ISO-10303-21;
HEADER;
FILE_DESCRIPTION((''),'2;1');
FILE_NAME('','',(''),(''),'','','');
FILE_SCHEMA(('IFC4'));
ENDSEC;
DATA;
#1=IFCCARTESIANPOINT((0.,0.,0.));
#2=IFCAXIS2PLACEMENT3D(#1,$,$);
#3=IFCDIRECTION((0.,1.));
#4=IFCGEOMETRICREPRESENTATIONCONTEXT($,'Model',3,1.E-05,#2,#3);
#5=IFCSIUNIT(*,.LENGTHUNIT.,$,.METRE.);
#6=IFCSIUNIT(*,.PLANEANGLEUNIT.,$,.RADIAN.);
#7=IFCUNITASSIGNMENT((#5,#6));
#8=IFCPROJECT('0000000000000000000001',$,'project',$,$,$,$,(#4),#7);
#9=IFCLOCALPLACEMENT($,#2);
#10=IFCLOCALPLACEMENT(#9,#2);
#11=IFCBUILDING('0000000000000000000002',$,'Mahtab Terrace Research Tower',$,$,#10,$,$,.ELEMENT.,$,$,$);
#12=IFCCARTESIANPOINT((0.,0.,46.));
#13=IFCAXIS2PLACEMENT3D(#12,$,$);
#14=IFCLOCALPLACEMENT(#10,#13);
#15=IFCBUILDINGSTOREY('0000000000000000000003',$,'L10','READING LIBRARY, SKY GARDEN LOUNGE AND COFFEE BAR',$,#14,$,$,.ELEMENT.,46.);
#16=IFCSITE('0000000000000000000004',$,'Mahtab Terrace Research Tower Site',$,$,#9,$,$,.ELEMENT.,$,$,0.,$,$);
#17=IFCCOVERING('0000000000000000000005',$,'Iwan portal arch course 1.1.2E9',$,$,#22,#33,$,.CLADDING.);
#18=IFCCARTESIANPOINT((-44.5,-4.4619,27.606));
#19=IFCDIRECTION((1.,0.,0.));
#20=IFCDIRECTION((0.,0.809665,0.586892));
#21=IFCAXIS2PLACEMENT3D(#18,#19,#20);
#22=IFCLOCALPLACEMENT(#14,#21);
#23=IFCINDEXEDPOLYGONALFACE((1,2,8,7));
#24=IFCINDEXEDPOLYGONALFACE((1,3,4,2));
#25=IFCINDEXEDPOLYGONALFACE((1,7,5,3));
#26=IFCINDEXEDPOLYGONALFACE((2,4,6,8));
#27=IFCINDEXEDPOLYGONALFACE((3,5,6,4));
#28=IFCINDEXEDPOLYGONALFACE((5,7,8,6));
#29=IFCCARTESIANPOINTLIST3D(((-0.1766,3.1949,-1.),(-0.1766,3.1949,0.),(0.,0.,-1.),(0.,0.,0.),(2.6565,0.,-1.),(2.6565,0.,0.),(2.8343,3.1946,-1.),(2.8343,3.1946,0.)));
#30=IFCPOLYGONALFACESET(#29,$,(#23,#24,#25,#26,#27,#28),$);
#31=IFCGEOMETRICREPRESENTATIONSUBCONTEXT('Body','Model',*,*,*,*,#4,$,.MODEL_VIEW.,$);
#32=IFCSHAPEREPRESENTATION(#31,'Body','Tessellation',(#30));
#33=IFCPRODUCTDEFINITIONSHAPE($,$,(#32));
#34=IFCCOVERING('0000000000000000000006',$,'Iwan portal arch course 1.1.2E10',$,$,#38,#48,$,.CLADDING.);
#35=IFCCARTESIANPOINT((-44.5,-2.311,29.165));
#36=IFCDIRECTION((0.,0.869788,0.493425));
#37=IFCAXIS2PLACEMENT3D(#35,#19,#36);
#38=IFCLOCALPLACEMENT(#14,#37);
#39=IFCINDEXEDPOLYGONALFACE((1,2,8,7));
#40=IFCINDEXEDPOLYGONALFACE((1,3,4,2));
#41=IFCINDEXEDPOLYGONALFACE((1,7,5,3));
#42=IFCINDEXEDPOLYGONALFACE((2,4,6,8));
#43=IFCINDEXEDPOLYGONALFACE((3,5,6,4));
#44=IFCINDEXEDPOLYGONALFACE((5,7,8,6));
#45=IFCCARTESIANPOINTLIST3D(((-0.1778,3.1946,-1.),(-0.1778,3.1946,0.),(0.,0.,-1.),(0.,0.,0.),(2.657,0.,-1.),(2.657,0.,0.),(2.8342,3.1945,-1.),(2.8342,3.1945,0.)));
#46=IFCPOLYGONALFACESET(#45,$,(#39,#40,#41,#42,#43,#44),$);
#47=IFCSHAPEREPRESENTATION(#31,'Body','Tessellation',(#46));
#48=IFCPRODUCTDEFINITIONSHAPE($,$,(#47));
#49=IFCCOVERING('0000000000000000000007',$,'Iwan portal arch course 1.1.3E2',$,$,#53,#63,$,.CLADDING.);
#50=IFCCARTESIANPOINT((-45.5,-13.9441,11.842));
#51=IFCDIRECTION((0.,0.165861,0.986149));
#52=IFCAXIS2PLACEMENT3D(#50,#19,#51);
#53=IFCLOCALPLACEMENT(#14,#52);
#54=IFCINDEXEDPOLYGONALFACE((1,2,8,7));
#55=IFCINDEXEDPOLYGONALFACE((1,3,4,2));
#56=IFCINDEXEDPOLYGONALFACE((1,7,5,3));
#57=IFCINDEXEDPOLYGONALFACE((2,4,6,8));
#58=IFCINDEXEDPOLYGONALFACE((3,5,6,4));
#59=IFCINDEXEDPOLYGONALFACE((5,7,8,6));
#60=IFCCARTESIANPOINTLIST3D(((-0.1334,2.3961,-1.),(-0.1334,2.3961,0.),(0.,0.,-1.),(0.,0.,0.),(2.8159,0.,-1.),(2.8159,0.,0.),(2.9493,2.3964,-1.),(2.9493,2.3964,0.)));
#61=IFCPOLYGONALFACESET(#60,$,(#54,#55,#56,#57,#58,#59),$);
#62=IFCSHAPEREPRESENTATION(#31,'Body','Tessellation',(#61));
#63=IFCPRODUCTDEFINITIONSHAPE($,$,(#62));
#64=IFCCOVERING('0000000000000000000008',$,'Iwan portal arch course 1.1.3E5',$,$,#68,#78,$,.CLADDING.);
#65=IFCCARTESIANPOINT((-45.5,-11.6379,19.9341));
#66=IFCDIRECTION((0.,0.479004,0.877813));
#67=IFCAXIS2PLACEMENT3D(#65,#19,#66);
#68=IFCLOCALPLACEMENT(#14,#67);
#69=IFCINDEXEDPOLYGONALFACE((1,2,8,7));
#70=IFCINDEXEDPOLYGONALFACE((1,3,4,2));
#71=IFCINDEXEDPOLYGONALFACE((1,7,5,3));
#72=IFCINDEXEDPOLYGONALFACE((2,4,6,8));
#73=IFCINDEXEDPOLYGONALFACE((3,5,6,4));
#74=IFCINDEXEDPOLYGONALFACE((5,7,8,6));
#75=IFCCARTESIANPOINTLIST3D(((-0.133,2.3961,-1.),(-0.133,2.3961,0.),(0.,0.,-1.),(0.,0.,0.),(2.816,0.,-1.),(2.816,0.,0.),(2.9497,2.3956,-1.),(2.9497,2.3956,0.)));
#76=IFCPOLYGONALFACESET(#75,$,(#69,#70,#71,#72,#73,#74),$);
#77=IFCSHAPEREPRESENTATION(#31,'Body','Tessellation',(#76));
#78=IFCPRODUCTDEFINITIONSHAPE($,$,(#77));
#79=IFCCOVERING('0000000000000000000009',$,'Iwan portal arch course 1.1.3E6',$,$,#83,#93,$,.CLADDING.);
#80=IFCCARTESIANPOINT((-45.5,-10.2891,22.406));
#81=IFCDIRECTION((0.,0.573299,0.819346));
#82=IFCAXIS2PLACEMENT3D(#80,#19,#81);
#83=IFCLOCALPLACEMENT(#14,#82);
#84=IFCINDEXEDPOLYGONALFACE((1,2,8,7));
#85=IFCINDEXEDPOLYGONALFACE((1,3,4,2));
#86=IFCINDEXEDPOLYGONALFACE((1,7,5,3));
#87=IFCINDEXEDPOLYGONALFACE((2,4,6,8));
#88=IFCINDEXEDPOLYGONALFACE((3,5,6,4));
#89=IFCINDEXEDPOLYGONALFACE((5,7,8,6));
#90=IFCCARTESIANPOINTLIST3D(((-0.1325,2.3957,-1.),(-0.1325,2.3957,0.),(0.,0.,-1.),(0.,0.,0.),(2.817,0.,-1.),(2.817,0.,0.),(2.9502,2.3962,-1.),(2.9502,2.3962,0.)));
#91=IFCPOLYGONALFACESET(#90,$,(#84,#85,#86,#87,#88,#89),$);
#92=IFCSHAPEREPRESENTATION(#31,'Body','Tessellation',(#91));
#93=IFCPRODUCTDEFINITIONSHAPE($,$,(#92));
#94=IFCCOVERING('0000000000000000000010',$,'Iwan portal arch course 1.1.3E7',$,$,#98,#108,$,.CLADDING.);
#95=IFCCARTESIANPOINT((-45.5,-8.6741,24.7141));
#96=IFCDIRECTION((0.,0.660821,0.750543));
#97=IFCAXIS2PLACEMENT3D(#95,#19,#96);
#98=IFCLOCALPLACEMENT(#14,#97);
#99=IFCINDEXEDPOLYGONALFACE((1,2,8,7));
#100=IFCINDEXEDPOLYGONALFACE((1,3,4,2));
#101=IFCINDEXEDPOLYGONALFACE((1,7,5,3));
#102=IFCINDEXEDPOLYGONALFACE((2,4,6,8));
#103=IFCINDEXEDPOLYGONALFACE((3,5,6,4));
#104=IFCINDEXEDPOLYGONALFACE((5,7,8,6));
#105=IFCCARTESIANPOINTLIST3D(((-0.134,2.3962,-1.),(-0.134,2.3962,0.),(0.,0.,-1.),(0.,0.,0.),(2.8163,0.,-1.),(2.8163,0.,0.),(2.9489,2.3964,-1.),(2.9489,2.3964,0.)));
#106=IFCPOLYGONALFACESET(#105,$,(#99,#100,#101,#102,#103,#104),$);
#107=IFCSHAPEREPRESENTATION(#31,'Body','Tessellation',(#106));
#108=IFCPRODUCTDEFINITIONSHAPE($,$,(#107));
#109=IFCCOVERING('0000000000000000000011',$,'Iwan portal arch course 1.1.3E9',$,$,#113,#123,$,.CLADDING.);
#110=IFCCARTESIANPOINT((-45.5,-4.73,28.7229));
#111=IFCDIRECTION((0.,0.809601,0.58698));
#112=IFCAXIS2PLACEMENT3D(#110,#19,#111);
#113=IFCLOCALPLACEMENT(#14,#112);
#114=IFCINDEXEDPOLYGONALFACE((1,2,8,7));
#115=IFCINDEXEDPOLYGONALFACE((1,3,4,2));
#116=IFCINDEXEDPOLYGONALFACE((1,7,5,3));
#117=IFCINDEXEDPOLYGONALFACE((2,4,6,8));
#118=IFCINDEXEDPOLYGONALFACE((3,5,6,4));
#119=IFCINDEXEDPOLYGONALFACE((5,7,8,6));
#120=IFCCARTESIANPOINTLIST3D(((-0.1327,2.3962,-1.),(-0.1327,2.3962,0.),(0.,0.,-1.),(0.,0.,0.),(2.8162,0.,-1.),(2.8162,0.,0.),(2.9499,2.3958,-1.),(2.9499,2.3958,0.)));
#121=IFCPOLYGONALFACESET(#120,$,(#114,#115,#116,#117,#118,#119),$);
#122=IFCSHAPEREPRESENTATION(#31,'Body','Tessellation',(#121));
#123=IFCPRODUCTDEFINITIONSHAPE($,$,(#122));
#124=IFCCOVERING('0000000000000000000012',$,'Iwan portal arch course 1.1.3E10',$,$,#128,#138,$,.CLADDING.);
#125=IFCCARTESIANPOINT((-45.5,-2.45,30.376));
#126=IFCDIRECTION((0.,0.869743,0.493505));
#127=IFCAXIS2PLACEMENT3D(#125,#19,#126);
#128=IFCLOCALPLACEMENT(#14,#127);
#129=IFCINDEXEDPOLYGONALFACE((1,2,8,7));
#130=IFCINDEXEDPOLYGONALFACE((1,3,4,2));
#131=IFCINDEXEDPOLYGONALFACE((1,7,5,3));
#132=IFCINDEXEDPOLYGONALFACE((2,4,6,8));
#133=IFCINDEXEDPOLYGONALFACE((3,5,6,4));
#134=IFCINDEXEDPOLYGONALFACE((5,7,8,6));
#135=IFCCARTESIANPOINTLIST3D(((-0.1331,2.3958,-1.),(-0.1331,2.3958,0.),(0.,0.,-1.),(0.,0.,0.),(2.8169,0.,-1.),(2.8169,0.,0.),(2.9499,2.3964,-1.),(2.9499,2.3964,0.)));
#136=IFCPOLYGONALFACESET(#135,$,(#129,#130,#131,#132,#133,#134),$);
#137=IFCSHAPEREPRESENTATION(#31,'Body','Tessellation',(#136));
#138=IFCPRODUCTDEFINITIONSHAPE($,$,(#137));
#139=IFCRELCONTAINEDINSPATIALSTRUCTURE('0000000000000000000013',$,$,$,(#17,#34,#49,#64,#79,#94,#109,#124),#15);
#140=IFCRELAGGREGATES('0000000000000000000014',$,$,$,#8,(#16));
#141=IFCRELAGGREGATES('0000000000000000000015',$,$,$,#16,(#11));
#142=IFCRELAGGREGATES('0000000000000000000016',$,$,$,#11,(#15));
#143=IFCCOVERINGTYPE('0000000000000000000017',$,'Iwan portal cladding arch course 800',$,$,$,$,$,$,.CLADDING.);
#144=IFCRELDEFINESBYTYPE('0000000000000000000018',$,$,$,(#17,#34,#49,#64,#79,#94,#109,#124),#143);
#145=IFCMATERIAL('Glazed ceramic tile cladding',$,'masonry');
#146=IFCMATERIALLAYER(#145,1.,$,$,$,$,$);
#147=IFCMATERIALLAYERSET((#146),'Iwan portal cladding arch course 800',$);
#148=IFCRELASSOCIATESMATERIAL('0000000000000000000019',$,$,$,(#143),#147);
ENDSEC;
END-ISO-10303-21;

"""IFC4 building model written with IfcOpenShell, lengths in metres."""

from ifc_helpers import new_model, si_unit, direction, frame, origin, place, context, subcontext, project, spatial, polyline, outline, extrude, material, layer, layer_set, type_object, element, save


model = new_model("IFC4")

# Units and contexts
model_context = context("Model", 3, precision=1e-05, world=origin(), true_north=direction((0.0, 1.0)))
body_context = subcontext(model_context, "Body", "Model", "MODEL_VIEW")
ifc_project = project(units=[si_unit("LENGTHUNIT", "METRE"), si_unit("PLANEANGLEUNIT", "RADIAN")], contexts=[model_context])

# Site, building, storey
site_placement = place(None, origin())
site = spatial("IfcSite", under=ifc_project, at=site_placement, Name="Mahtab Terrace Research Tower Site", CompositionType="ELEMENT", RefElevation=0.0)
building_placement = place(site_placement, origin())
building = spatial("IfcBuilding", under=site, at=building_placement, Name="Mahtab Terrace Research Tower", CompositionType="ELEMENT")
storey_placement = place(building_placement, frame((0.0, 0.0, 46.0)))
storey = spatial("IfcBuildingStorey", under=building, at=storey_placement, Name="L10", Description="READING LIBRARY, SKY GARDEN LOUNGE AND COFFEE BAR", CompositionType="ELEMENT", Elevation=46.0)

# Coverings
ifc_material_1 = material(Name="Glazed ceramic tile cladding", Category="masonry")
ifc_layer_1 = layer(ifc_material_1, 1.0)
ifc_layer_set_1 = layer_set([ifc_layer_1], Name="Iwan portal cladding arch course 800")
covering_type_1 = type_object("IfcCoveringType", Name="Iwan portal cladding arch course 800", PredefinedType="CLADDING", material=ifc_layer_set_1)
covering_1_placement = place(storey_placement, frame((-44.5, -4.4619, 27.606), z_axis=(1.0, 0.0, 0.0), x_axis=(0.0, 0.809665, 0.586892)))
element("IfcCovering", 1, at=covering_1_placement, inside=storey, type_object=covering_type_1, Name="Iwan portal arch course 1.1.2E9", PredefinedType="CLADDING", context=body_context, shape_type="SweptSolid", body=[
    extrude(outline(polyline([(0.0, 0.0), (2.6565, 0.0), (2.8343, 3.1946), (-0.1766, 3.1949), (0.0, 0.0)])), origin(), (0.0, 0.0, -1.0), 1.0),
])
covering_2_placement = place(storey_placement, frame((-44.5, -2.311, 29.165), z_axis=(1.0, 0.0, 0.0), x_axis=(0.0, 0.869788, 0.493425)))
element("IfcCovering", 2, at=covering_2_placement, inside=storey, type_object=covering_type_1, Name="Iwan portal arch course 1.1.2E10", PredefinedType="CLADDING", context=body_context, shape_type="SweptSolid", body=[
    extrude(outline(polyline([(0.0, 0.0), (2.657, 0.0), (2.8342, 3.1945), (-0.1778, 3.1946), (0.0, 0.0)])), origin(), (0.0, 0.0, -1.0), 1.0),
])
covering_3_placement = place(storey_placement, frame((-45.5, -13.9441, 11.842), z_axis=(1.0, 0.0, 0.0), x_axis=(0.0, 0.165861, 0.986149)))
element("IfcCovering", 3, at=covering_3_placement, inside=storey, type_object=covering_type_1, Name="Iwan portal arch course 1.1.3E2", PredefinedType="CLADDING", context=body_context, shape_type="SweptSolid", body=[
    extrude(outline(polyline([(0.0, 0.0), (2.8159, 0.0), (2.9493, 2.3964), (-0.1334, 2.3961), (0.0, 0.0)])), origin(), (0.0, 0.0, -1.0), 1.0),
])
covering_4_placement = place(storey_placement, frame((-45.5, -11.6379, 19.9341), z_axis=(1.0, 0.0, 0.0), x_axis=(0.0, 0.479004, 0.877813)))
element("IfcCovering", 4, at=covering_4_placement, inside=storey, type_object=covering_type_1, Name="Iwan portal arch course 1.1.3E5", PredefinedType="CLADDING", context=body_context, shape_type="SweptSolid", body=[
    extrude(outline(polyline([(0.0, 0.0), (2.816, 0.0), (2.9497, 2.3956), (-0.133, 2.3961), (0.0, 0.0)])), origin(), (0.0, 0.0, -1.0), 1.0),
])
covering_5_placement = place(storey_placement, frame((-45.5, -10.2891, 22.406), z_axis=(1.0, 0.0, 0.0), x_axis=(0.0, 0.573299, 0.819346)))
element("IfcCovering", 5, at=covering_5_placement, inside=storey, type_object=covering_type_1, Name="Iwan portal arch course 1.1.3E6", PredefinedType="CLADDING", context=body_context, shape_type="SweptSolid", body=[
    extrude(outline(polyline([(0.0, 0.0), (2.817, 0.0), (2.9502, 2.3962), (-0.1325, 2.3957), (0.0, 0.0)])), origin(), (0.0, 0.0, -1.0), 1.0),
])
covering_6_placement = place(storey_placement, frame((-45.5, -8.6741, 24.7141), z_axis=(1.0, 0.0, 0.0), x_axis=(0.0, 0.660821, 0.750543)))
element("IfcCovering", 6, at=covering_6_placement, inside=storey, type_object=covering_type_1, Name="Iwan portal arch course 1.1.3E7", PredefinedType="CLADDING", context=body_context, shape_type="SweptSolid", body=[
    extrude(outline(polyline([(0.0, 0.0), (2.8163, 0.0), (2.9489, 2.3964), (-0.134, 2.3962), (0.0, 0.0)])), origin(), (0.0, 0.0, -1.0), 1.0),
])
covering_7_placement = place(storey_placement, frame((-45.5, -4.73, 28.7229), z_axis=(1.0, 0.0, 0.0), x_axis=(0.0, 0.809601, 0.58698)))
element("IfcCovering", 7, at=covering_7_placement, inside=storey, type_object=covering_type_1, Name="Iwan portal arch course 1.1.3E9", PredefinedType="CLADDING", context=body_context, shape_type="SweptSolid", body=[
    extrude(outline(polyline([(0.0, 0.0), (2.8162, 0.0), (2.9499, 2.3958), (-0.1327, 2.3962), (0.0, 0.0)])), origin(), (0.0, 0.0, -1.0), 1.0),
])
covering_8_placement = place(storey_placement, frame((-45.5, -2.45, 30.376), z_axis=(1.0, 0.0, 0.0), x_axis=(0.0, 0.869743, 0.493505)))
element("IfcCovering", 8, at=covering_8_placement, inside=storey, type_object=covering_type_1, Name="Iwan portal arch course 1.1.3E10", PredefinedType="CLADDING", context=body_context, shape_type="SweptSolid", body=[
    extrude(outline(polyline([(0.0, 0.0), (2.8169, 0.0), (2.9499, 2.3964), (-0.1331, 2.3958), (0.0, 0.0)])), origin(), (0.0, 0.0, -1.0), 1.0),
])

save(model, "model.ifc")
